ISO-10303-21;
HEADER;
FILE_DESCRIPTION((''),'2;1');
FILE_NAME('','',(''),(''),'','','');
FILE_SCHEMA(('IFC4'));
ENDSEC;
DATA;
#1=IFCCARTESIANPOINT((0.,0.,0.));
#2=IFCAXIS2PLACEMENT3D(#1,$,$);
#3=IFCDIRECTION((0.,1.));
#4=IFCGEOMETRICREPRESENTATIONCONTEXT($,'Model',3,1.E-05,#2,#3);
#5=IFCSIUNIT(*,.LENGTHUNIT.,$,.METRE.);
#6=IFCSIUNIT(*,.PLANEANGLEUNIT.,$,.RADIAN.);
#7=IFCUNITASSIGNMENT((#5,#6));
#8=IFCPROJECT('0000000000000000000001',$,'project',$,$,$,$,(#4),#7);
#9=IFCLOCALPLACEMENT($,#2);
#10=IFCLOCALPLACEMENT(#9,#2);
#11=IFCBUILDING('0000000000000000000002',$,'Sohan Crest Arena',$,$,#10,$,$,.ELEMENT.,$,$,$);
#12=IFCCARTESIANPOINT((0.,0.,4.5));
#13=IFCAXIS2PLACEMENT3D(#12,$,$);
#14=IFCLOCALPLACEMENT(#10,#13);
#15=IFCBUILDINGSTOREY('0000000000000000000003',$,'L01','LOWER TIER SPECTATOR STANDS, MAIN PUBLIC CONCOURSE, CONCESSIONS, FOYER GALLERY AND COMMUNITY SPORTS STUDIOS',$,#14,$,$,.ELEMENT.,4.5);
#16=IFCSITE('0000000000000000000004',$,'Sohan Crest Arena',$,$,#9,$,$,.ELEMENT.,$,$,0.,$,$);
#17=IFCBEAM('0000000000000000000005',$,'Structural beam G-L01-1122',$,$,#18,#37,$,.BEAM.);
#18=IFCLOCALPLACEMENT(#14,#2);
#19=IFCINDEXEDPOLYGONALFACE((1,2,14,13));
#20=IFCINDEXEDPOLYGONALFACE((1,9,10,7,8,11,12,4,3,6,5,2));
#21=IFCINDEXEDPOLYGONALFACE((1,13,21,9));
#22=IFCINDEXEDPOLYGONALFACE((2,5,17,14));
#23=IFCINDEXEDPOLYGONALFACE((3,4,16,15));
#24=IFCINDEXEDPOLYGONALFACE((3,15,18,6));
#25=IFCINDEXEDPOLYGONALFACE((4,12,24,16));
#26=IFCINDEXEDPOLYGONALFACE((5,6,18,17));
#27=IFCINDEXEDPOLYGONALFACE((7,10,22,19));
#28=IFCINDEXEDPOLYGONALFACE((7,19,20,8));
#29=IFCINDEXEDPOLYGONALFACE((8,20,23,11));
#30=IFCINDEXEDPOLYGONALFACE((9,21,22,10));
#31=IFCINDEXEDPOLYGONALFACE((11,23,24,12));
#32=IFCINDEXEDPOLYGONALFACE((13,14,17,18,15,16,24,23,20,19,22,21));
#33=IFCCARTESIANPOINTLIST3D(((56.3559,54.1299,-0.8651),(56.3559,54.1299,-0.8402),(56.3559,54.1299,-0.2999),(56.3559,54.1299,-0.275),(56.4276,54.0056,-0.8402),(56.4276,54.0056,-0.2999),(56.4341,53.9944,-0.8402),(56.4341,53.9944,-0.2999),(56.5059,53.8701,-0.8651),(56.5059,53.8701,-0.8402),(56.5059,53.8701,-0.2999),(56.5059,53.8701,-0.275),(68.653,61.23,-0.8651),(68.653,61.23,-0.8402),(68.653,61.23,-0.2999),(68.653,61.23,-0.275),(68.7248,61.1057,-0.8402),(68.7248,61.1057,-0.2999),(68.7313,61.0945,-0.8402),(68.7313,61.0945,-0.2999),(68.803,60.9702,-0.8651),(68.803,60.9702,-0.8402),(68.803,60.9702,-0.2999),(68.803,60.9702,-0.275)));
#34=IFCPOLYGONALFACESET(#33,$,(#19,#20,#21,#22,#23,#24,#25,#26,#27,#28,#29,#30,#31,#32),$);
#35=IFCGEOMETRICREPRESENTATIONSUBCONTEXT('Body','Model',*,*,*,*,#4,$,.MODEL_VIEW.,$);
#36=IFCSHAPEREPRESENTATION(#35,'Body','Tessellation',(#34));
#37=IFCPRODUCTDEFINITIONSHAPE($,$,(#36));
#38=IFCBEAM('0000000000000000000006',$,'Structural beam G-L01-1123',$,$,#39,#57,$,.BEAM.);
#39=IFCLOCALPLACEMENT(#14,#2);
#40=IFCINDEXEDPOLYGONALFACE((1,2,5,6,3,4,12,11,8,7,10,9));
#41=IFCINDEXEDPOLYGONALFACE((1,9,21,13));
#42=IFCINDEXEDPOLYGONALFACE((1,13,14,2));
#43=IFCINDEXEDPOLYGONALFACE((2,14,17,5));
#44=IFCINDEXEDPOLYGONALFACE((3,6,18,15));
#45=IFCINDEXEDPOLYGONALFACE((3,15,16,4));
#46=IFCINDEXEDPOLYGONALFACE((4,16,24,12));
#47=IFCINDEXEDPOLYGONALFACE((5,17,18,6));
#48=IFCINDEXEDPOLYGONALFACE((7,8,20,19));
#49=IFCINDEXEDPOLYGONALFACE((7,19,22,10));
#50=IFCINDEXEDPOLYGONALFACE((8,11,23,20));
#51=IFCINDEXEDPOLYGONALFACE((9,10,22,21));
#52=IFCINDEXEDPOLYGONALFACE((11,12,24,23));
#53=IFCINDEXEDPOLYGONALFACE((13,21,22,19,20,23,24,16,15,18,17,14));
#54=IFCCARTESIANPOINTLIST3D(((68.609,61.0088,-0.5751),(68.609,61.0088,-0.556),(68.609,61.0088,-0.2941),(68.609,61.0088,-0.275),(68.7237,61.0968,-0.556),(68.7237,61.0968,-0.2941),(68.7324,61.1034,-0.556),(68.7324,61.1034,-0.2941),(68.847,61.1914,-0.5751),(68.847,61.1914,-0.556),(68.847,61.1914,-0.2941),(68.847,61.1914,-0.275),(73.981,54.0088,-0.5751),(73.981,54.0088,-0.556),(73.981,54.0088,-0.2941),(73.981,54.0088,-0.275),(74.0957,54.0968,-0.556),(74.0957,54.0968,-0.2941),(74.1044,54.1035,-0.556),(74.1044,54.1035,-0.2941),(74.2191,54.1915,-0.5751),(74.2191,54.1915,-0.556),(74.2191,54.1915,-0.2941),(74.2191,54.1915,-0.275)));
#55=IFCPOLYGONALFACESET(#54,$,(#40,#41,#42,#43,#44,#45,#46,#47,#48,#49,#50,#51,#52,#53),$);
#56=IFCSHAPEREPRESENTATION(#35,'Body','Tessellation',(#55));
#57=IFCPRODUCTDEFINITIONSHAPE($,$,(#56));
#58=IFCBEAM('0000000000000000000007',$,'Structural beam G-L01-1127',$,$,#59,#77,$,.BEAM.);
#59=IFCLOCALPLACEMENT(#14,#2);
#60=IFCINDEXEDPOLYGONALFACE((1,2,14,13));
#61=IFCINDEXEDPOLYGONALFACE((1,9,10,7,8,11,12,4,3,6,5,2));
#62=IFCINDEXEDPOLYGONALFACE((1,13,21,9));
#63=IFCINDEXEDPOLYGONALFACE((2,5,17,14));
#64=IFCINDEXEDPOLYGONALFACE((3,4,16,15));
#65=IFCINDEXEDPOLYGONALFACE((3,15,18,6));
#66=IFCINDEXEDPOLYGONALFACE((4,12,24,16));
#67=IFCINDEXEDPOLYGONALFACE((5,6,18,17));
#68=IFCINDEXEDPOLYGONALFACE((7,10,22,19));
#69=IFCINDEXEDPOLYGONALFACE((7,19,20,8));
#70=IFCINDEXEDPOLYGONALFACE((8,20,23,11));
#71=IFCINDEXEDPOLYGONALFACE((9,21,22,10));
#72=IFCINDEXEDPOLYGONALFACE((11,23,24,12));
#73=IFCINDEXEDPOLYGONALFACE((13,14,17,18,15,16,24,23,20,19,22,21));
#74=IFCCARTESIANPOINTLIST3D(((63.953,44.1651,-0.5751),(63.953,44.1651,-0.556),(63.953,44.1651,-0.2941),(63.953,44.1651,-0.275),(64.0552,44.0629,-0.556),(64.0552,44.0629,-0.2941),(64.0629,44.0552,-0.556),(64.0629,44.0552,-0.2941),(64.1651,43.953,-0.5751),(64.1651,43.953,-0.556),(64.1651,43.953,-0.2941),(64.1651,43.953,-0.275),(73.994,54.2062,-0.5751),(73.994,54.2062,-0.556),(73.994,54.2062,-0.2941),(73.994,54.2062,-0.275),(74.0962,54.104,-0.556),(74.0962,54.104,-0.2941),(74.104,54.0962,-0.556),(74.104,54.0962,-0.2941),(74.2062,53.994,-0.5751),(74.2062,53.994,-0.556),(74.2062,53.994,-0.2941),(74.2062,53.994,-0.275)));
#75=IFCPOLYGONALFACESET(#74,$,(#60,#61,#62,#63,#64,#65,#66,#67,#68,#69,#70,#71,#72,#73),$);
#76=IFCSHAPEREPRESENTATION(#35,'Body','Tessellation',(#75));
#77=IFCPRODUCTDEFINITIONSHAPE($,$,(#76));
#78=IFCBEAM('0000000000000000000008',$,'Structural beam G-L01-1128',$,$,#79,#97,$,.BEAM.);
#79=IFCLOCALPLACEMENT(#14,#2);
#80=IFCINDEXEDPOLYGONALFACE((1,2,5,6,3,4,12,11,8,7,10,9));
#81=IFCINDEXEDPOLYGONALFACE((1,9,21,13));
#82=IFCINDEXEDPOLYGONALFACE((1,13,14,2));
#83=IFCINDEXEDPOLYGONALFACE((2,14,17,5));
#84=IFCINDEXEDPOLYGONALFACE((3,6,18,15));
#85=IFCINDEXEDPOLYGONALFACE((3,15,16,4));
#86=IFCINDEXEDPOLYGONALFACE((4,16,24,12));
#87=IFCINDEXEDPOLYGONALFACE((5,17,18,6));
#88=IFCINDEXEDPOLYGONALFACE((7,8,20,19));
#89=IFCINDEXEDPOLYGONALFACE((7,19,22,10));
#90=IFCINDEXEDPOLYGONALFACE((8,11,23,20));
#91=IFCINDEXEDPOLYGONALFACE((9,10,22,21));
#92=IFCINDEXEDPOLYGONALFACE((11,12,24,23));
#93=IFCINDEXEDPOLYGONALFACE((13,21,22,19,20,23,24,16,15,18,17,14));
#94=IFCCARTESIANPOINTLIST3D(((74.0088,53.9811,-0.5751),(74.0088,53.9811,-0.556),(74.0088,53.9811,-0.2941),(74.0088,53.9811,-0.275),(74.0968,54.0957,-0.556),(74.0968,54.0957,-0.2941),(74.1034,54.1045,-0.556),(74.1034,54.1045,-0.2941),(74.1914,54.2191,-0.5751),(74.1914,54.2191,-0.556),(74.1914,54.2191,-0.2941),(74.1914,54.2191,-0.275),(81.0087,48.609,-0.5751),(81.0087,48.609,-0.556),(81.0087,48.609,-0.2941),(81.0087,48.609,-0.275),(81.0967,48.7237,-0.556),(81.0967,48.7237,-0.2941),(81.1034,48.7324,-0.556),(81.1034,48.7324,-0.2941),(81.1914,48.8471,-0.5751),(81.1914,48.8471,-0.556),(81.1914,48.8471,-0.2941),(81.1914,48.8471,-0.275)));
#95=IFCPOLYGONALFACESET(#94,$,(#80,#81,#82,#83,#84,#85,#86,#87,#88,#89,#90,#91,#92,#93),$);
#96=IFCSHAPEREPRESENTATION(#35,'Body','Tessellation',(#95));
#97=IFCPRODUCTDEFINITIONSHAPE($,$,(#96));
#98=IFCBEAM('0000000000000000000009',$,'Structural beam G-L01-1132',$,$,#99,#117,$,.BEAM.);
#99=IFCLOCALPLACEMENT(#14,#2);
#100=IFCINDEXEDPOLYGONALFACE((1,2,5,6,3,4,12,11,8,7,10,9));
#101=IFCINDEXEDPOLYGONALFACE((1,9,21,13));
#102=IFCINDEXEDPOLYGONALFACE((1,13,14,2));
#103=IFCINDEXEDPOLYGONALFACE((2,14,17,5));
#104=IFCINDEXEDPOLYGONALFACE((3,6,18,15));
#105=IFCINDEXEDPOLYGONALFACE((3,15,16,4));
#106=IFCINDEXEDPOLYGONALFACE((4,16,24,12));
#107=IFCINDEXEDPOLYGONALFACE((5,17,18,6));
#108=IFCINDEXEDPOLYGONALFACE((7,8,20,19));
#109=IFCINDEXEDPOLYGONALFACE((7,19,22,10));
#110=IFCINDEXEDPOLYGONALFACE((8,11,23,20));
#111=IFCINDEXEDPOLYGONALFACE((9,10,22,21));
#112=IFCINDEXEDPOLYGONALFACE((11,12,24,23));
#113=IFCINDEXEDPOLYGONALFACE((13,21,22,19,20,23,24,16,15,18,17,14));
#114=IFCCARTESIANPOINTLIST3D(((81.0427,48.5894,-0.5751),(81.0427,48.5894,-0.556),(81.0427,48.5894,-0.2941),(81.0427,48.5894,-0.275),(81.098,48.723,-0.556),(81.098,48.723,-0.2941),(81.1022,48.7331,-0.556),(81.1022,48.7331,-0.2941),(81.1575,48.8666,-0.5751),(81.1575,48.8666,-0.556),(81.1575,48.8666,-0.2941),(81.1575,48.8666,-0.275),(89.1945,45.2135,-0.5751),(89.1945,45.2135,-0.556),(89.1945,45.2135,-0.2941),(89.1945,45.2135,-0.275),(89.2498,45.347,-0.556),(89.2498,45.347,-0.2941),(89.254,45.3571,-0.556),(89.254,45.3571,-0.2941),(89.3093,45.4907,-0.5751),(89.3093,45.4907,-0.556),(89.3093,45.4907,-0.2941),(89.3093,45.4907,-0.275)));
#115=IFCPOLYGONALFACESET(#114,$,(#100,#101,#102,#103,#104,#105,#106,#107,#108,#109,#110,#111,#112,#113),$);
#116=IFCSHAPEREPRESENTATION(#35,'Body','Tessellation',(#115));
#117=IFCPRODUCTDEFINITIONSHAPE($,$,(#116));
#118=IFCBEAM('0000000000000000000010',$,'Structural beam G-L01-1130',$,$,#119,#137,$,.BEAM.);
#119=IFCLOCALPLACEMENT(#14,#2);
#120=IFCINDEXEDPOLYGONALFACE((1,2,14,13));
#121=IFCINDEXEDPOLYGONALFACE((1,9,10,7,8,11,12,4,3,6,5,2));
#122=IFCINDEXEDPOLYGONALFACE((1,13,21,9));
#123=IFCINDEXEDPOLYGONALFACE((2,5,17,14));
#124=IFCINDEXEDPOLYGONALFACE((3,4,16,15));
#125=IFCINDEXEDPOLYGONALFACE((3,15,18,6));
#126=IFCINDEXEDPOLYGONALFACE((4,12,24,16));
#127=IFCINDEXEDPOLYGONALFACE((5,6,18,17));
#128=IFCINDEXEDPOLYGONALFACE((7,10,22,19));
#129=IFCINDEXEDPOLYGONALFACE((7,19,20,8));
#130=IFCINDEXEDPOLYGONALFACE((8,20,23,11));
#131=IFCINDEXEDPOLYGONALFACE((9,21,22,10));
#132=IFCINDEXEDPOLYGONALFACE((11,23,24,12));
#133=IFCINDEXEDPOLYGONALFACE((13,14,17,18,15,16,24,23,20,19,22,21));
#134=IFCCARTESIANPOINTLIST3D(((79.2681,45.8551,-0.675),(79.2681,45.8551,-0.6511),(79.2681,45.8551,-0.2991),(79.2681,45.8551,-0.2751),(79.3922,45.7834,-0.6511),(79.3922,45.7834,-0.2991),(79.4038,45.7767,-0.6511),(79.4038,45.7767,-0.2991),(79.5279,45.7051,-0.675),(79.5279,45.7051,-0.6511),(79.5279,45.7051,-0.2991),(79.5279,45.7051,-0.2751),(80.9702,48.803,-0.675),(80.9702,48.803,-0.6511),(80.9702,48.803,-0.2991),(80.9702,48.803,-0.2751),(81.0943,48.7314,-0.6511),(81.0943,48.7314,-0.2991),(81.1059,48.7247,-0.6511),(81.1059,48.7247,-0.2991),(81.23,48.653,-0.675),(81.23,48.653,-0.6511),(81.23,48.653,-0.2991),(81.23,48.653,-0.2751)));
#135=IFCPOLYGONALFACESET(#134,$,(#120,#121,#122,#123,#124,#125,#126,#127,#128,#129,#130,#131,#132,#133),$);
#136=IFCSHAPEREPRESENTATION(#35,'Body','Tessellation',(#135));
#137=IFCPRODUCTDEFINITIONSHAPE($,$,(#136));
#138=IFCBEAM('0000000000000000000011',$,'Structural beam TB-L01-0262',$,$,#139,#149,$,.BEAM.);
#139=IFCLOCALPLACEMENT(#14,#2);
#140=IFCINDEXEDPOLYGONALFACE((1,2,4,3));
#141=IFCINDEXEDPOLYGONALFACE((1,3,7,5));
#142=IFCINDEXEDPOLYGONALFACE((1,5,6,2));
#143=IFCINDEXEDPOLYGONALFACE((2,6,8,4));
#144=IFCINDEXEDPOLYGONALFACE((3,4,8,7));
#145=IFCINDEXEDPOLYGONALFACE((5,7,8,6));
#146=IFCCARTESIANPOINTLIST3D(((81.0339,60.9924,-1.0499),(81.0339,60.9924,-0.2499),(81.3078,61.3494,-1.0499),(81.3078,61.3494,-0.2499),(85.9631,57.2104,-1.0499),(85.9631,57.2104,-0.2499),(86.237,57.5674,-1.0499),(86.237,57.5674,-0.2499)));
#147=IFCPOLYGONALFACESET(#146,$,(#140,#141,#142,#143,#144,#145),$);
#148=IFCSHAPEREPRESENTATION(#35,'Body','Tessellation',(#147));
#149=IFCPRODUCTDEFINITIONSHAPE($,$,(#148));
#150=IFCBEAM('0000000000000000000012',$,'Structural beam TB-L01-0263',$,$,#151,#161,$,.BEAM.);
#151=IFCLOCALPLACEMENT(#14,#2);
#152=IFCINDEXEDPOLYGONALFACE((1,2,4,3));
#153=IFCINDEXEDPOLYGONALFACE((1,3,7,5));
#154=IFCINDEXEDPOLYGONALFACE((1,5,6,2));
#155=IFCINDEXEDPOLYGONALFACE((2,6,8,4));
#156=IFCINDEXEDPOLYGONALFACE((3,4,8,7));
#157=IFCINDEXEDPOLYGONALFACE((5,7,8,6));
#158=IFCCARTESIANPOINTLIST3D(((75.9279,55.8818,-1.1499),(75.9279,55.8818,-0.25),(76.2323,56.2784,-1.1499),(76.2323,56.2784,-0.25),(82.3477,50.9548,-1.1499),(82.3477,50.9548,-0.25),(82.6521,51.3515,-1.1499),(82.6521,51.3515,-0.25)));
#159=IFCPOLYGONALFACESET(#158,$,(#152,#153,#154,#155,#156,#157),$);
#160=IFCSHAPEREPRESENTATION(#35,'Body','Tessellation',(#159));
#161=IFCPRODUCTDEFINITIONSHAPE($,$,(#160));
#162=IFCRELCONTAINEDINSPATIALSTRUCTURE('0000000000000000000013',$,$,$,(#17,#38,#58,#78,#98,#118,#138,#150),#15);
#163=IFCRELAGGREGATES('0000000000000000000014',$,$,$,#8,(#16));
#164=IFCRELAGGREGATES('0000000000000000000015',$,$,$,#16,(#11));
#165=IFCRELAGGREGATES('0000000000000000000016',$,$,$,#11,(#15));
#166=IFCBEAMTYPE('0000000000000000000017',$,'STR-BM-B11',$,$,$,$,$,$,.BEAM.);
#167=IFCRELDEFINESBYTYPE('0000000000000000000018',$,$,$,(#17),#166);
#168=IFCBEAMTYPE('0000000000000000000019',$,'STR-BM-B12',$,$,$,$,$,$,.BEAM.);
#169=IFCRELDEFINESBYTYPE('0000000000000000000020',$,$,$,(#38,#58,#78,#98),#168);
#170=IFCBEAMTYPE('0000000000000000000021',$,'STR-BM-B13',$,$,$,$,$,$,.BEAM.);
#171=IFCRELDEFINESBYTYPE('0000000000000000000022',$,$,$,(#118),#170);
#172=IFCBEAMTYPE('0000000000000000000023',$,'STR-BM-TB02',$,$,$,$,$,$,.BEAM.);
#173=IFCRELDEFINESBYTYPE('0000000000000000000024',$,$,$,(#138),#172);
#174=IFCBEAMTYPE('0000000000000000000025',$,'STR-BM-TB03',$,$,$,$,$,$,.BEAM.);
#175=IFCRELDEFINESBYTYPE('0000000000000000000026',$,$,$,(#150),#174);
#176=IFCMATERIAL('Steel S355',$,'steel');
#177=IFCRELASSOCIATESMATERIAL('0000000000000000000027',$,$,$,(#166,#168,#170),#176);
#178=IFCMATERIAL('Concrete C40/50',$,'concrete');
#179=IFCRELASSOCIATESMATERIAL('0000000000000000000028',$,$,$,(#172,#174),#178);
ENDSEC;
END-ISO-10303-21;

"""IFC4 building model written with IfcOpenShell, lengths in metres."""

from ifc_helpers import new_model, si_unit, direction, frame, origin, origin_2d, place, context, subcontext, project, spatial, rectangle, i_section, extrude, material, material_profile, profile_set, type_object, element, save


model = new_model("IFC4")

# Units and contexts
model_context = context("Model", 3, precision=1e-05, world=origin(), true_north=direction((0.0, 1.0)))
body_context = subcontext(model_context, "Body", "Model", "MODEL_VIEW")
ifc_project = project(units=[si_unit("LENGTHUNIT", "METRE"), si_unit("PLANEANGLEUNIT", "RADIAN")], contexts=[model_context])

# Site, building, storey
site_placement = place(None, origin())
site = spatial("IfcSite", under=ifc_project, at=site_placement, Name="Sohan Crest Arena", CompositionType="ELEMENT", RefElevation=0.0)
building_placement = place(site_placement, origin())
building = spatial("IfcBuilding", under=site, at=building_placement, Name="Sohan Crest Arena", CompositionType="ELEMENT")
storey_placement = place(building_placement, frame((0.0, 0.0, 4.5)))
storey = spatial("IfcBuildingStorey", under=building, at=storey_placement, Name="L01", Description="LOWER TIER SPECTATOR STANDS, MAIN PUBLIC CONCOURSE, CONCESSIONS, FOYER GALLERY AND COMMUNITY SPORTS STUDIOS", CompositionType="ELEMENT", Elevation=4.5)

# Shared definitions
ifc_material_1 = material(Name="Concrete C40/50", Category="concrete")
ifc_material_2 = material(Name="Steel S355", Category="steel")

# Beams
ifc_material_profile_1 = material_profile(ifc_material_2, i_section(OverallWidth=0.3, OverallDepth=0.5901, WebThickness=0.0129, FlangeThickness=0.0249, at=origin_2d()), Name="HEA 600")
ifc_profile_set_1 = profile_set([ifc_material_profile_1], Name="Steel S355")
beam_type_1 = type_object("IfcBeamType", Name="STR-BM-B11", PredefinedType="BEAM", material=ifc_profile_set_1)
beam_1_placement = place(storey_placement, frame((68.728, 61.1001, -0.5701), z_axis=(-0.866015, -0.500019, 0.0), x_axis=(0.500019, -0.866015, 0.0)))
element("IfcBeam", 1, at=beam_1_placement, inside=storey, type_object=beam_type_1, Name="Structural beam G-L01-1122", PredefinedType="BEAM", context=body_context, shape_type="SweptSolid", body=[
    extrude(i_section(OverallWidth=0.3, OverallDepth=0.5901, WebThickness=0.0129, FlangeThickness=0.0249, at=origin_2d()), origin(), (0.0, 0.0, 1.0), 14.1997),
])
ifc_material_profile_2 = material_profile(ifc_material_2, i_section(OverallWidth=0.3, OverallDepth=0.3, WebThickness=0.011, FlangeThickness=0.019, at=origin_2d()), Name="HEB 300")
ifc_profile_set_2 = profile_set([ifc_material_profile_2], Name="Steel S355")
beam_type_2 = type_object("IfcBeamType", Name="STR-BM-B12", PredefinedType="BEAM", material=ifc_profile_set_2)
beam_2_placement = place(storey_placement, frame((68.728, 61.1001, -0.425), z_axis=(0.608817, -0.793311, 0.0), x_axis=(0.793311, 0.608817, 0.0)))
element("IfcBeam", 2, at=beam_2_placement, inside=storey, type_object=beam_type_2, Name="Structural beam G-L01-1123", PredefinedType="BEAM", context=body_context, shape_type="SweptSolid", body=[
    extrude(i_section(OverallWidth=0.3, OverallDepth=0.3, WebThickness=0.011, FlangeThickness=0.019, at=origin_2d()), origin(), (0.0, 0.0, 1.0), 8.8237),
])
beam_3_placement = place(storey_placement, frame((74.1001, 54.1001, -0.425), z_axis=(-0.707107, -0.707107, 0.0), x_axis=(0.707107, -0.707107, 0.0)))
element("IfcBeam", 3, at=beam_3_placement, inside=storey, type_object=beam_type_2, Name="Structural beam G-L01-1127", PredefinedType="BEAM", context=body_context, shape_type="SweptSolid", body=[
    extrude(i_section(OverallWidth=0.3, OverallDepth=0.3, WebThickness=0.011, FlangeThickness=0.019, at=origin_2d()), origin(), (0.0, 0.0, 1.0), 14.2002),
])
beam_4_placement = place(storey_placement, frame((74.1001, 54.1001, -0.425), z_axis=(0.793311, -0.608817, 0.0), x_axis=(0.608817, 0.793311, 0.0)))
element("IfcBeam", 4, at=beam_4_placement, inside=storey, type_object=beam_type_2, Name="Structural beam G-L01-1128", PredefinedType="BEAM", context=body_context, shape_type="SweptSolid", body=[
    extrude(i_section(OverallWidth=0.3, OverallDepth=0.3, WebThickness=0.011, FlangeThickness=0.019, at=origin_2d()), origin(), (0.0, 0.0, 1.0), 8.8237),
])
beam_5_placement = place(storey_placement, frame((81.1001, 48.728, -0.425), z_axis=(0.923905, -0.382622, 0.0), x_axis=(0.382622, 0.923905, 0.0)))
element("IfcBeam", 5, at=beam_5_placement, inside=storey, type_object=beam_type_2, Name="Structural beam G-L01-1132", PredefinedType="BEAM", context=body_context, shape_type="SweptSolid", body=[
    extrude(i_section(OverallWidth=0.3, OverallDepth=0.3, WebThickness=0.011, FlangeThickness=0.019, at=origin_2d()), origin(), (0.0, 0.0, 1.0), 8.8232),
])
ifc_material_profile_3 = material_profile(ifc_material_2, i_section(OverallWidth=0.3, OverallDepth=0.3999, WebThickness=0.0134, FlangeThickness=0.0239, at=origin_2d()), Name="HEB 400")
ifc_profile_set_3 = profile_set([ifc_material_profile_3], Name="Steel S355")
beam_type_3 = type_object("IfcBeamType", Name="STR-BM-B13", PredefinedType="BEAM", material=ifc_profile_set_3)
beam_6_placement = place(storey_placement, frame((81.1001, 48.728, -0.4751), z_axis=(-0.500027, -0.86601, 0.0), x_axis=(0.86601, -0.500027, 0.0)))
element("IfcBeam", 6, at=beam_6_placement, inside=storey, type_object=beam_type_3, Name="Structural beam G-L01-1130", PredefinedType="BEAM", context=body_context, shape_type="SweptSolid", body=[
    extrude(i_section(OverallWidth=0.3, OverallDepth=0.3999, WebThickness=0.0134, FlangeThickness=0.0239, at=origin_2d()), origin(), (0.0, 0.0, 1.0), 3.4041),
])
ifc_material_profile_4 = material_profile(ifc_material_1, rectangle(XDim=0.45, YDim=0.8, at=origin_2d()), Name="RC-BM 450x800")
ifc_profile_set_4 = profile_set([ifc_material_profile_4], Name="Concrete C40/50")
beam_type_4 = type_object("IfcBeamType", Name="STR-BM-TB02", PredefinedType="BEAM", material=ifc_profile_set_4)
beam_7_placement = place(storey_placement, frame((81.1709, 61.1709, -0.6499), z_axis=(0.793379, -0.608728, 0.0), x_axis=(0.608728, 0.793379, 0.0)))
element("IfcBeam", 7, at=beam_7_placement, inside=storey, type_object=beam_type_4, Name="Structural beam TB-L01-0262", PredefinedType="BEAM", context=body_context, shape_type="SweptSolid", body=[
    extrude(rectangle(XDim=0.45, YDim=0.8, at=origin_2d()), origin(), (0.0, 0.0, 1.0), 6.2129),
])
ifc_material_profile_5 = material_profile(ifc_material_1, rectangle(XDim=0.5, YDim=0.8999, at=origin_2d()), Name="RC-BM 500x900")
ifc_profile_set_5 = profile_set([ifc_material_profile_5], Name="Concrete C40/50")
beam_type_5 = type_object("IfcBeamType", Name="STR-BM-TB03", PredefinedType="BEAM", material=ifc_profile_set_5)
beam_8_placement = place(storey_placement, frame((76.0801, 56.0801, -0.7), z_axis=(0.793304, -0.608825, 0.0), x_axis=(0.608825, 0.793304, 0.0)))
element("IfcBeam", 8, at=beam_8_placement, inside=storey, type_object=beam_type_5, Name="Structural beam TB-L01-0263", PredefinedType="BEAM", context=body_context, shape_type="SweptSolid", body=[
    extrude(rectangle(XDim=0.5, YDim=0.8999, at=origin_2d()), origin(), (0.0, 0.0, 1.0), 8.0925),
])

save(model, "model.ifc")
